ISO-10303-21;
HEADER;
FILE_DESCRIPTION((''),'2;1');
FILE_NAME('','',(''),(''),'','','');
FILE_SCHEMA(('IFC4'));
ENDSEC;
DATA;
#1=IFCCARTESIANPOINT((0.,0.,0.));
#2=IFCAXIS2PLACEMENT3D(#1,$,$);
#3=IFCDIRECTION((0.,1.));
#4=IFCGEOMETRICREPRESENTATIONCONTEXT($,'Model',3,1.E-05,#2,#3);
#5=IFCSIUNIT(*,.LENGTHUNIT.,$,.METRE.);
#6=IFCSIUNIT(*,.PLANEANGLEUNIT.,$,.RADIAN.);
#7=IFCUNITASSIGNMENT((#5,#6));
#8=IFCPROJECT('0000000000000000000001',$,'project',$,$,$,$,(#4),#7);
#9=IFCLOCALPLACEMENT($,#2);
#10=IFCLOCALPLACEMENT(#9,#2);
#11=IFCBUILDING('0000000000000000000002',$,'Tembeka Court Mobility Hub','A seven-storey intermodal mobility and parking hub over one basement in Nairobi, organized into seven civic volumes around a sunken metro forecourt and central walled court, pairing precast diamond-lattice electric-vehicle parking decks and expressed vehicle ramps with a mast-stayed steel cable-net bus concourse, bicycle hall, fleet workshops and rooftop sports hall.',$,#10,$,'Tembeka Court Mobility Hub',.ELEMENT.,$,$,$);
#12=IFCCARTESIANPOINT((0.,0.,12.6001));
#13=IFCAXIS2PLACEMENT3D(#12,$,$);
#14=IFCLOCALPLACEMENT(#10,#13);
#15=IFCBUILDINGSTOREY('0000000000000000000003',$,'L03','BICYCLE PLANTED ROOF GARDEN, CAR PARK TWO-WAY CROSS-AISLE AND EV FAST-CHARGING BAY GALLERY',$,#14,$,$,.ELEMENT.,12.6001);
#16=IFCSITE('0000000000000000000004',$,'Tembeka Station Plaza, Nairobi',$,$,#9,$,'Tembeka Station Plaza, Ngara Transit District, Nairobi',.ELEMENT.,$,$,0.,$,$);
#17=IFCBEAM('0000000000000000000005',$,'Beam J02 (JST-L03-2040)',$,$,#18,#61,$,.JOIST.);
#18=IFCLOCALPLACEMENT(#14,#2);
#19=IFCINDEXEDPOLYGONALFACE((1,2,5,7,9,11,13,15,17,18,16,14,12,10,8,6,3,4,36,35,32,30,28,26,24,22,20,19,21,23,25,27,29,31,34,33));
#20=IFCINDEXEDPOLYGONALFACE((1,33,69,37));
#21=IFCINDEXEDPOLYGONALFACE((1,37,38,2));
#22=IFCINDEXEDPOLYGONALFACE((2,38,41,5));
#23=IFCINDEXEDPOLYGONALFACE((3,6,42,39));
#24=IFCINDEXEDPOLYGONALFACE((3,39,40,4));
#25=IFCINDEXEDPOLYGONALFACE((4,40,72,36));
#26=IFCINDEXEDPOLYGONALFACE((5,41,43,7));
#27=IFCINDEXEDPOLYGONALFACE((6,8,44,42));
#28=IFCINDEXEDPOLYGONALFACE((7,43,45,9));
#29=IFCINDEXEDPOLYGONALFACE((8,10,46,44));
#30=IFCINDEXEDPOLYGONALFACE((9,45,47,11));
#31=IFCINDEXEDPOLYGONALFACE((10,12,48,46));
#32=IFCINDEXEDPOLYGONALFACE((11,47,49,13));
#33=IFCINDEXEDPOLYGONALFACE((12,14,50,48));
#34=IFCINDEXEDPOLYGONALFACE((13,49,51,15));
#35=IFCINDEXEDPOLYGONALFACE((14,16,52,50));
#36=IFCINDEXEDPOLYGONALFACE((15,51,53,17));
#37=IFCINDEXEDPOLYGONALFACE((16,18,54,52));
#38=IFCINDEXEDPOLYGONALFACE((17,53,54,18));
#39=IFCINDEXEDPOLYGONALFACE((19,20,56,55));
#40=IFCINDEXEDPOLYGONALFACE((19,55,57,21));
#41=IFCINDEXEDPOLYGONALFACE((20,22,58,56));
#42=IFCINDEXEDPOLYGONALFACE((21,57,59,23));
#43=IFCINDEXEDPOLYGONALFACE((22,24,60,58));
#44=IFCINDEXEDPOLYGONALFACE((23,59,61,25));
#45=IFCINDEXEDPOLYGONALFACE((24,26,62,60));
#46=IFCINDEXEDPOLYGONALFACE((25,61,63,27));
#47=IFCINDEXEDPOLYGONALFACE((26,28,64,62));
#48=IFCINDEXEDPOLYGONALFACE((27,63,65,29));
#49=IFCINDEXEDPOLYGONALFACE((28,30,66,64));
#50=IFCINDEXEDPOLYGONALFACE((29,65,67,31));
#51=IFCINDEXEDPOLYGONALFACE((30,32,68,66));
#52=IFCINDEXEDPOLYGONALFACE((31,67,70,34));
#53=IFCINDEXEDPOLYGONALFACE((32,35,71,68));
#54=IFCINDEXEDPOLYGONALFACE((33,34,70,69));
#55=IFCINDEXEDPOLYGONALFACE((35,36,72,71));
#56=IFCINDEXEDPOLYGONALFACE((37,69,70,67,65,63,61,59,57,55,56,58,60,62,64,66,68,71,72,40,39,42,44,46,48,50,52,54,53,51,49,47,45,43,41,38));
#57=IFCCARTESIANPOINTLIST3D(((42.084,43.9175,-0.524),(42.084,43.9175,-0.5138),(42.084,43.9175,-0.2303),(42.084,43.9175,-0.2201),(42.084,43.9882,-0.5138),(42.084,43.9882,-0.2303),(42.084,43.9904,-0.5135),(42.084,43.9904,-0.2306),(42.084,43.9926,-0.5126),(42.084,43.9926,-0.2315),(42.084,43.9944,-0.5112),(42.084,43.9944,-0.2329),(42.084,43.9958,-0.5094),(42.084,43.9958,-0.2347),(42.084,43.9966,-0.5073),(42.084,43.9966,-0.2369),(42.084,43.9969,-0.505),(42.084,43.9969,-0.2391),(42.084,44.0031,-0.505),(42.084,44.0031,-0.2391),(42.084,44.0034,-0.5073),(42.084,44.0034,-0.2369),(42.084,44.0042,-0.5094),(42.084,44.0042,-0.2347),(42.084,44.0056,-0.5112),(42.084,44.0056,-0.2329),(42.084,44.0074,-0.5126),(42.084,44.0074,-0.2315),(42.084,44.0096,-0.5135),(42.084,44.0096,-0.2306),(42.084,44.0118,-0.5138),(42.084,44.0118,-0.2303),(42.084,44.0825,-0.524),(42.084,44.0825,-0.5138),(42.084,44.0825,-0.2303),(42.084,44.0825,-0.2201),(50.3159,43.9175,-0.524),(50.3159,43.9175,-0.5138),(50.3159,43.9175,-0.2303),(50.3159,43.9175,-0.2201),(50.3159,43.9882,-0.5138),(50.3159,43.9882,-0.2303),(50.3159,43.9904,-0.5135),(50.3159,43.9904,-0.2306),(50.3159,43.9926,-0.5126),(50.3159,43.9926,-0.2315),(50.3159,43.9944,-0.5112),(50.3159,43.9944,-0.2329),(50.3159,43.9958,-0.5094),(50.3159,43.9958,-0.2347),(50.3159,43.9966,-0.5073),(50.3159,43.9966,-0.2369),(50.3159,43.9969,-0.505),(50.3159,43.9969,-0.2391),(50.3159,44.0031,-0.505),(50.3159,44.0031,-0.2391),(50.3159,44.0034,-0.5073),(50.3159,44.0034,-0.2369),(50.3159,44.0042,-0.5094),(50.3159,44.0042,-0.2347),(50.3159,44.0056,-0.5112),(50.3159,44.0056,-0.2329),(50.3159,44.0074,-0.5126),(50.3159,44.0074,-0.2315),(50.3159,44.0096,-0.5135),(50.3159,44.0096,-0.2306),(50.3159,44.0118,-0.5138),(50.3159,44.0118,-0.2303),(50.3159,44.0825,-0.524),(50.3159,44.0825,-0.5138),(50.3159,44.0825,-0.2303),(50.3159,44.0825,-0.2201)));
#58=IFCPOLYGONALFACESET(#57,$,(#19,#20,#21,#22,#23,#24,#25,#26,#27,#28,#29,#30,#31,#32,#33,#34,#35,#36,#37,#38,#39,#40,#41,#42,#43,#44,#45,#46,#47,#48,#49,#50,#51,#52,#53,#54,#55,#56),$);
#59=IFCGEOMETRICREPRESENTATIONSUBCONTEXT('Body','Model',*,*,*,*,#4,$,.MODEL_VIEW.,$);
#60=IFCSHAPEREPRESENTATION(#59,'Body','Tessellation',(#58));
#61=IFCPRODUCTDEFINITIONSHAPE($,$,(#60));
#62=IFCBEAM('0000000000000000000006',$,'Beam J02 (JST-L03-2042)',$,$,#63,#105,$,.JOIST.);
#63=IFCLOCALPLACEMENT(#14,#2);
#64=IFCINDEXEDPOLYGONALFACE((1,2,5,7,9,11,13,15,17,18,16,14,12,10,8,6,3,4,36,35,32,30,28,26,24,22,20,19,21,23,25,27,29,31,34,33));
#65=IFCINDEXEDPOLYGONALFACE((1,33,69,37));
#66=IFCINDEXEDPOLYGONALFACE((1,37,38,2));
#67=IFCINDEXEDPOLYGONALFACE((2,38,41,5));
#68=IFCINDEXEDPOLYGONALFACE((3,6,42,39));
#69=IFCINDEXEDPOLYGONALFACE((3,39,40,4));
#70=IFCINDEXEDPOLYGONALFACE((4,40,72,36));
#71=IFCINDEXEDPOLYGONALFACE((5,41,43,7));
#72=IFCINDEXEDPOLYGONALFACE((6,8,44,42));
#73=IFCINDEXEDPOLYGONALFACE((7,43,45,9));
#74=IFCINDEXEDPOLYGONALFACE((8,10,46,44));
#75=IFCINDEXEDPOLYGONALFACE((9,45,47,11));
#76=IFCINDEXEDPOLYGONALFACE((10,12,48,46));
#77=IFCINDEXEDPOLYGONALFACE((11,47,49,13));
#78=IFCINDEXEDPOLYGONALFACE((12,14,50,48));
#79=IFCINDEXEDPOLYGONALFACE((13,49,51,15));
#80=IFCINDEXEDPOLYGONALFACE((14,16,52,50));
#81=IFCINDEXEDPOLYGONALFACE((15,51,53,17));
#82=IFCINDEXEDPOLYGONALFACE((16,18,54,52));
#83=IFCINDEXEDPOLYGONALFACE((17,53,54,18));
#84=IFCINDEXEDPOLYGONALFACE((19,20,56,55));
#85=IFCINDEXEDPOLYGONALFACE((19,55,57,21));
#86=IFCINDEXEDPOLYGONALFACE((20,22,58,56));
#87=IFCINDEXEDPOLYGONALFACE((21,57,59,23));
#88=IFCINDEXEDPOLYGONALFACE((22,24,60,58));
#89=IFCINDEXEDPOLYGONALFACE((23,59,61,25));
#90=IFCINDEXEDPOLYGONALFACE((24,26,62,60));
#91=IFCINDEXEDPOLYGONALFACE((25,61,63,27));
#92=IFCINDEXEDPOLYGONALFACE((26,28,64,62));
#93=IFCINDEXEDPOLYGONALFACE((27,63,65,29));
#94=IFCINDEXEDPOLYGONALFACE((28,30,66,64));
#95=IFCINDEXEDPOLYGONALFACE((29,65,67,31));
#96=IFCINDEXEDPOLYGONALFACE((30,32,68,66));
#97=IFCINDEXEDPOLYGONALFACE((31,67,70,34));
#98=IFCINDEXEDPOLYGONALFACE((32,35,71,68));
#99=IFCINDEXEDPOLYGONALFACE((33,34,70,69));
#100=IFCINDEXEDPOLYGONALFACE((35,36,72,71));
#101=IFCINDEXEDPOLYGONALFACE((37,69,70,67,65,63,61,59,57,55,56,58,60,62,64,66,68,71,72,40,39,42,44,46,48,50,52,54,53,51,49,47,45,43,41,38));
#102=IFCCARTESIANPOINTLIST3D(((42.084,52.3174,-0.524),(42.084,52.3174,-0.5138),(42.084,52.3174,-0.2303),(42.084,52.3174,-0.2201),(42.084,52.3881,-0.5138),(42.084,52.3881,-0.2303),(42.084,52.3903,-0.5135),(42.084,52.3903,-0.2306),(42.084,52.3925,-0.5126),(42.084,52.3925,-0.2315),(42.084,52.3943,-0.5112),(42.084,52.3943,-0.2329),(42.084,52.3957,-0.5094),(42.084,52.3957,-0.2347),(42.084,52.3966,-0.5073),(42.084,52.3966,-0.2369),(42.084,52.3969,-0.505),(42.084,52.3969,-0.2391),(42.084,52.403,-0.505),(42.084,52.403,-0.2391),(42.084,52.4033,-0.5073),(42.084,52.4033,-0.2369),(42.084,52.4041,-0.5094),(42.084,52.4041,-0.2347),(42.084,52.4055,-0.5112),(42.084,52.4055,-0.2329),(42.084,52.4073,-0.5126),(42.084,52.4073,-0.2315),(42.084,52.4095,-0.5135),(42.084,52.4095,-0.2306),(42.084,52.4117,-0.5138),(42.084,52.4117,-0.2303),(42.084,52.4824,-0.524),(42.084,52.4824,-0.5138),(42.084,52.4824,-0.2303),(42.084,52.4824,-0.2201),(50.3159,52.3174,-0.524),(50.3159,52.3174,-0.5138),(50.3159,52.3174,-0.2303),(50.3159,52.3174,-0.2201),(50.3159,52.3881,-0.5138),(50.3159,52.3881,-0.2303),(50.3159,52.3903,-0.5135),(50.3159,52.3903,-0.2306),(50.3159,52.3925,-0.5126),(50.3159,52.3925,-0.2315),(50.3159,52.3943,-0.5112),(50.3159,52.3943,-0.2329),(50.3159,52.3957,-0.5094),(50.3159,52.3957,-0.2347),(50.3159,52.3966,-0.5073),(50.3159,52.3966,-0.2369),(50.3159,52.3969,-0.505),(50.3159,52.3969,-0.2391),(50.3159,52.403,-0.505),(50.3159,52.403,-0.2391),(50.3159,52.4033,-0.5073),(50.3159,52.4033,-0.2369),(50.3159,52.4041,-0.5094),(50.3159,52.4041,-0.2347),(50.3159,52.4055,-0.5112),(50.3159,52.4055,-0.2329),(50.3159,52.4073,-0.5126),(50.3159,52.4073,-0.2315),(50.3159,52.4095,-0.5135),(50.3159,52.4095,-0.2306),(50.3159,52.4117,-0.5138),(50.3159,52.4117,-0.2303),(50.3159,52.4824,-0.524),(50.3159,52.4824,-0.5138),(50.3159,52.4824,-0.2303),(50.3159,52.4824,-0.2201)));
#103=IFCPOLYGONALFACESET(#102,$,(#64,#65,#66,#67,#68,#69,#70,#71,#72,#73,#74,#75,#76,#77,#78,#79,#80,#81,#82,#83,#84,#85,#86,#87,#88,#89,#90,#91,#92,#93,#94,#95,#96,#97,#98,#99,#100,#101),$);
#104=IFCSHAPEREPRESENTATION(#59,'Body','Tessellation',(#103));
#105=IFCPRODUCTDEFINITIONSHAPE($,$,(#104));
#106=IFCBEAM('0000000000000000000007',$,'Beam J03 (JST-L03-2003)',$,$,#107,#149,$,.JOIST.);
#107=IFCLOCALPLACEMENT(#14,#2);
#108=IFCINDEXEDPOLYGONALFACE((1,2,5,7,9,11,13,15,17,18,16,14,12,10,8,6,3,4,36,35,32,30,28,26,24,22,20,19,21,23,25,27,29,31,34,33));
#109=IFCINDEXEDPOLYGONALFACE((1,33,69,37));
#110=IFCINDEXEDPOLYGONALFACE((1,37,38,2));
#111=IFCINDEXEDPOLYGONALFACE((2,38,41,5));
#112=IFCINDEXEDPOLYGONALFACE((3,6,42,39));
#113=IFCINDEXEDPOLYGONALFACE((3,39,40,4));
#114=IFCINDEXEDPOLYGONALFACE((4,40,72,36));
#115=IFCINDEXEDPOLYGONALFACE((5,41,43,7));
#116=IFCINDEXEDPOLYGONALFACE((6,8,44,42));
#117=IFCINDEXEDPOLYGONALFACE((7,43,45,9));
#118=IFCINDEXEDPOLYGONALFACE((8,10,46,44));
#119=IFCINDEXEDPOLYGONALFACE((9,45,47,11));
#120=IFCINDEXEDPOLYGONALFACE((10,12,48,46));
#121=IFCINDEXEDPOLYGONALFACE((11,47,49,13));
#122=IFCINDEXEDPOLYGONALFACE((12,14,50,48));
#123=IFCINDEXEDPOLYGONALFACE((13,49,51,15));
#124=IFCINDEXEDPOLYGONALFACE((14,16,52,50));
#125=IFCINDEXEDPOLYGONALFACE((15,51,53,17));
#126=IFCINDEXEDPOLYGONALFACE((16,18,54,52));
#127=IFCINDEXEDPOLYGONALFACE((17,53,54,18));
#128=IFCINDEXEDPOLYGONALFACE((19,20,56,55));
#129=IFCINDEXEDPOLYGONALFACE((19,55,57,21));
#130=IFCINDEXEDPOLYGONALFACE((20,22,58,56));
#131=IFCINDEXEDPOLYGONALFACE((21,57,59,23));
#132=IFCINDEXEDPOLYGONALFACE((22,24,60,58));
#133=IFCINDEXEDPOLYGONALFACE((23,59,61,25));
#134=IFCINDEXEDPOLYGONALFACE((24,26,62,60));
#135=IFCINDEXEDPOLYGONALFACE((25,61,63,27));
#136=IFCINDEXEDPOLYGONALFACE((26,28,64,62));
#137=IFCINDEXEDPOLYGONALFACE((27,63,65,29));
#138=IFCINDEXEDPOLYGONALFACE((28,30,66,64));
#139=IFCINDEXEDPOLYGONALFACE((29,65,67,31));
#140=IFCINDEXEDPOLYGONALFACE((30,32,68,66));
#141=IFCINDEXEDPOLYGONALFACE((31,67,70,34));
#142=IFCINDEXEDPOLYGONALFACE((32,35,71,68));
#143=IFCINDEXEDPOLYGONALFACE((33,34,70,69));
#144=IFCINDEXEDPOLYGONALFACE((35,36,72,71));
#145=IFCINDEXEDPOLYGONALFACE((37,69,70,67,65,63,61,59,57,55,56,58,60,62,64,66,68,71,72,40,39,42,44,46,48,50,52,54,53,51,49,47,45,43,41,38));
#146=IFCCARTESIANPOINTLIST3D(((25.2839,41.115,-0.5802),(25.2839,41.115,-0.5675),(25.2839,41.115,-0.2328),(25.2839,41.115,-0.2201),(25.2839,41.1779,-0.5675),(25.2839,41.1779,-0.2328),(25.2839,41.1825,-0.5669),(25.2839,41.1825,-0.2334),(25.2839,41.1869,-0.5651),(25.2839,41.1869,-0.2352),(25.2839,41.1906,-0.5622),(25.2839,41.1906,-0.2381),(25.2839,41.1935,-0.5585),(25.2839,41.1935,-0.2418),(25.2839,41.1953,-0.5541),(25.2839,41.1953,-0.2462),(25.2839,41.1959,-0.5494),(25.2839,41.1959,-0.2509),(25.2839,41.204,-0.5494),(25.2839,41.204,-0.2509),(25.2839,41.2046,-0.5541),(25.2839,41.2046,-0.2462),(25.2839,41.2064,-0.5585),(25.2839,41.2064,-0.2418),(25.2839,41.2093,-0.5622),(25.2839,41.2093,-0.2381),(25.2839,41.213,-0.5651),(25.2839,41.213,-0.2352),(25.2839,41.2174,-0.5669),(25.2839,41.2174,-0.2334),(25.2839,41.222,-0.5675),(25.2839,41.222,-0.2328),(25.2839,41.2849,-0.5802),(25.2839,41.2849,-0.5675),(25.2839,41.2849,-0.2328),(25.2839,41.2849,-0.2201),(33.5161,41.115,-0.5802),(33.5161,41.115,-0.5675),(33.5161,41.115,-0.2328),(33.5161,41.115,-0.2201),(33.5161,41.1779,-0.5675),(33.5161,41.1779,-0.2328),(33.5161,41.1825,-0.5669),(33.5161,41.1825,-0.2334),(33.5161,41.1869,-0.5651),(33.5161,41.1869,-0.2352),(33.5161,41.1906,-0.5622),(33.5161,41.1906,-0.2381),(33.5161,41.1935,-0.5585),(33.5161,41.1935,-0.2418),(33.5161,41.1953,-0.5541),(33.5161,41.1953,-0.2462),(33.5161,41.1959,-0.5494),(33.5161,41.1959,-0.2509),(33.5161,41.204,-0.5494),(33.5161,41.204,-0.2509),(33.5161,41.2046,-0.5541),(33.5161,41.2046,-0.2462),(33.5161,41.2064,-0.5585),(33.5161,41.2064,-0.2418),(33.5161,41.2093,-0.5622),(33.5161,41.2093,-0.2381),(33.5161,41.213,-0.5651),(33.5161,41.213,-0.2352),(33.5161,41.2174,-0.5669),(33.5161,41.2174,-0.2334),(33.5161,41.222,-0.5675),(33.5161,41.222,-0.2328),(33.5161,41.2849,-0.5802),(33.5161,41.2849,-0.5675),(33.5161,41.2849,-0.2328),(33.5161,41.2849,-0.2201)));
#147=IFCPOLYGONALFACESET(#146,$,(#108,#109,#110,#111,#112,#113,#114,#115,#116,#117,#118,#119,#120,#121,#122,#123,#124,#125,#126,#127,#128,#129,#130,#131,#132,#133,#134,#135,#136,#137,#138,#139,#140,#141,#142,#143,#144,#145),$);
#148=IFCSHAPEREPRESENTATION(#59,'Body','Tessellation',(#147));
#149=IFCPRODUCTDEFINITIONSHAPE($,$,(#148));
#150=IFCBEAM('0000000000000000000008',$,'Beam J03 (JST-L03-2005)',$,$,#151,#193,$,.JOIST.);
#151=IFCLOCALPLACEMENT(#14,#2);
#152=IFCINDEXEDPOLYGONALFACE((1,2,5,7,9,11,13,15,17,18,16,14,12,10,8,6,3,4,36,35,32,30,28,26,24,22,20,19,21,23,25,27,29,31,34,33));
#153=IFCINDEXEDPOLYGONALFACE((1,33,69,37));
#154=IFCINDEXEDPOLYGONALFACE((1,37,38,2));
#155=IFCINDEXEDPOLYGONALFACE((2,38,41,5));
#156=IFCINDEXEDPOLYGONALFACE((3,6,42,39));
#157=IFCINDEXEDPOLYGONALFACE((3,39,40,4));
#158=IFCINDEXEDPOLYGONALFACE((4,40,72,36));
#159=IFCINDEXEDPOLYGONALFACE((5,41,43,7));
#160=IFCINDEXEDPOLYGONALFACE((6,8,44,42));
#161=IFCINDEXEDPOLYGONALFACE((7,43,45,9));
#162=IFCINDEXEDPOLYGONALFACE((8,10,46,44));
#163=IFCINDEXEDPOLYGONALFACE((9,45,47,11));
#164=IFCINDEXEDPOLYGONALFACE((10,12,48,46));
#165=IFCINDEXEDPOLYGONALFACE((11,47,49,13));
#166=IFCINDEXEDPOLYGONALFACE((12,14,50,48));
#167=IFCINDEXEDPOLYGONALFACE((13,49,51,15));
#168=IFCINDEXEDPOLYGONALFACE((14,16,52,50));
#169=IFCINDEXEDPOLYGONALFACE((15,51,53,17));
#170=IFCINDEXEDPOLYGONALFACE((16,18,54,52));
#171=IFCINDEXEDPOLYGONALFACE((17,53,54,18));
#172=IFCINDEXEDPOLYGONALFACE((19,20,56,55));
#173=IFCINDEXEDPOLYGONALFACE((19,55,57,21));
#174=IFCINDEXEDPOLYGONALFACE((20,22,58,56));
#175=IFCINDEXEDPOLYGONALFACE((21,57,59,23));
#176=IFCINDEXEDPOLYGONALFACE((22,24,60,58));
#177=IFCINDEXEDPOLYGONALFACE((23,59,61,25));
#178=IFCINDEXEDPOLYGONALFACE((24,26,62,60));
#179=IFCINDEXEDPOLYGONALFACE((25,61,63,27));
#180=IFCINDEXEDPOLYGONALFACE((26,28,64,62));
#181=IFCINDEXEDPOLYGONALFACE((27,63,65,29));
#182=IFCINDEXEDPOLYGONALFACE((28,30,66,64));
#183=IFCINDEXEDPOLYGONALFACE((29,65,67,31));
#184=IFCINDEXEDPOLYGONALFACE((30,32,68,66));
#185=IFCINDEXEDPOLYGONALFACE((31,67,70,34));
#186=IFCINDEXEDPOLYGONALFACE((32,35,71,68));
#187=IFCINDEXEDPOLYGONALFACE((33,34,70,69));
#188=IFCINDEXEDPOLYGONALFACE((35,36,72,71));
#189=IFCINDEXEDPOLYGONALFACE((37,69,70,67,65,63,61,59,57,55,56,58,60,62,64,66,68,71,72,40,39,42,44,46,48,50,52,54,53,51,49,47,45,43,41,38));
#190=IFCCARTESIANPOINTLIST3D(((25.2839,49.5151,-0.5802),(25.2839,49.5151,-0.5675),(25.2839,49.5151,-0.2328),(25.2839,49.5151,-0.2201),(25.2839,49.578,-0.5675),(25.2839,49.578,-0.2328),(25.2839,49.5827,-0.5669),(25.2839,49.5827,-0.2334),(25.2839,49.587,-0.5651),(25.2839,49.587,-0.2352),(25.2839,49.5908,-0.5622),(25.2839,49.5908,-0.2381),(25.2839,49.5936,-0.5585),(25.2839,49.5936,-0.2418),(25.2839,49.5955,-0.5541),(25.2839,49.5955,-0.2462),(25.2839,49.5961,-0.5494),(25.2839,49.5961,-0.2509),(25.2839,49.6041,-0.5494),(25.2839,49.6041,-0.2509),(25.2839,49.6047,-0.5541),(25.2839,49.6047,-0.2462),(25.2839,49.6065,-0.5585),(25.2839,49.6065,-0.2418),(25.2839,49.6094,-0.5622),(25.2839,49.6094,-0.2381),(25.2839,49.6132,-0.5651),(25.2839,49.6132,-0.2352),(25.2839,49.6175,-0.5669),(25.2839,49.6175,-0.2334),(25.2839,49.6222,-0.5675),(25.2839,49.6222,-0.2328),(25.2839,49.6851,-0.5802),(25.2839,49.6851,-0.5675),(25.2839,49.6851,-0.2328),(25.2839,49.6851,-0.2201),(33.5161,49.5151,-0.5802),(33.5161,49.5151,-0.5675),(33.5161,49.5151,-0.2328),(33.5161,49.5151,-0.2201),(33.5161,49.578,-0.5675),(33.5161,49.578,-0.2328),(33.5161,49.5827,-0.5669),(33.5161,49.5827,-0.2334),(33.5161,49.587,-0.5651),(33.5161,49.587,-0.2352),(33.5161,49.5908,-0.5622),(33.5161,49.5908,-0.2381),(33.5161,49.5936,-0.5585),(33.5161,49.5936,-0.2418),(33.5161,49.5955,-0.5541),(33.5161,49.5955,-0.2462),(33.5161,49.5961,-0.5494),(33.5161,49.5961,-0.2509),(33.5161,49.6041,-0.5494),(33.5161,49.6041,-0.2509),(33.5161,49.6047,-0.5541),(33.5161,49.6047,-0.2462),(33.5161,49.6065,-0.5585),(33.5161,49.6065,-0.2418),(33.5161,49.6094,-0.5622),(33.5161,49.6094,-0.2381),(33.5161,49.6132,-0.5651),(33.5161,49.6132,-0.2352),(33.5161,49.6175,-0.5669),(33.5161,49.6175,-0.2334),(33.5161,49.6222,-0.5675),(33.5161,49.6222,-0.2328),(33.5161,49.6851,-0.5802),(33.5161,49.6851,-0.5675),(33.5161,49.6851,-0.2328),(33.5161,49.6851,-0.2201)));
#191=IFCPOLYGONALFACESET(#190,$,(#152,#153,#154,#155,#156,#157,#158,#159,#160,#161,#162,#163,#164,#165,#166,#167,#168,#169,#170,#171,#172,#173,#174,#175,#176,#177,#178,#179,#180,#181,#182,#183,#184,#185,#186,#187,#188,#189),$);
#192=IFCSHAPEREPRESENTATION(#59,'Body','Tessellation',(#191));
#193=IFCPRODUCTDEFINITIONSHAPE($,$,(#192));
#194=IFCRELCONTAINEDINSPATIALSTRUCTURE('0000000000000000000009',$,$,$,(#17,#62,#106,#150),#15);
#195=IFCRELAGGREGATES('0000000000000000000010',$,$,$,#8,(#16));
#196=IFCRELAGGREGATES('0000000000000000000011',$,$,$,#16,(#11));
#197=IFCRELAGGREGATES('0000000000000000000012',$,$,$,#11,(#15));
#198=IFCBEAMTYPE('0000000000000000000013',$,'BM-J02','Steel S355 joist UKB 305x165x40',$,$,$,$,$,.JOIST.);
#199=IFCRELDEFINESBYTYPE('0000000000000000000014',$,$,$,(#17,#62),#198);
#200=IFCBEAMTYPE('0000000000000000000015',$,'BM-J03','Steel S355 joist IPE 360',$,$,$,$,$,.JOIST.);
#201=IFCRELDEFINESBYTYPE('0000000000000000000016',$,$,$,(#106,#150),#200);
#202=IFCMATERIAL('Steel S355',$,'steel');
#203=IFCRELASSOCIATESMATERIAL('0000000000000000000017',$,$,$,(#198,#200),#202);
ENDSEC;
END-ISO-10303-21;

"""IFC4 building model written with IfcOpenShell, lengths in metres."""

from ifc_helpers import new_model, si_unit, direction, frame, origin, origin_2d, place, context, subcontext, project, spatial, i_section, extrude, material, material_profile, profile_set, type_object, element, save


model = new_model("IFC4")

# Units and contexts
model_context = context("Model", 3, precision=1e-05, world=origin(), true_north=direction((0.0, 1.0)))
body_context = subcontext(model_context, "Body", "Model", "MODEL_VIEW")
ifc_project = project(units=[si_unit("LENGTHUNIT", "METRE"), si_unit("PLANEANGLEUNIT", "RADIAN")], contexts=[model_context])

# Site, building, storey
site_placement = place(None, origin())
site = spatial("IfcSite", under=ifc_project, at=site_placement, Name="Tembeka Station Plaza, Nairobi", LongName="Tembeka Station Plaza, Ngara Transit District, Nairobi", CompositionType="ELEMENT", RefElevation=0.0)
building_placement = place(site_placement, origin())
building = spatial("IfcBuilding", under=site, at=building_placement, Name="Tembeka Court Mobility Hub", Description="A seven-storey intermodal mobility and parking hub over one basement in Nairobi, organized into seven civic volumes around a sunken metro forecourt and central walled court, pairing precast diamond-lattice electric-vehicle parking decks and expressed vehicle ramps with a mast-stayed steel cable-net bus concourse, bicycle hall, fleet workshops and rooftop sports hall.", LongName="Tembeka Court Mobility Hub", CompositionType="ELEMENT")
storey_placement = place(building_placement, frame((0.0, 0.0, 12.6001)))
storey = spatial("IfcBuildingStorey", under=building, at=storey_placement, Name="L03", Description="BICYCLE PLANTED ROOF GARDEN, CAR PARK TWO-WAY CROSS-AISLE AND EV FAST-CHARGING BAY GALLERY", CompositionType="ELEMENT", Elevation=12.6001)

# Shared definitions
ifc_material_1 = material(Name="Steel S355", Category="steel")

# Beams
ifc_material_profile_1 = material_profile(ifc_material_1, i_section(OverallWidth=0.165, OverallDepth=0.304, WebThickness=0.0061, FlangeThickness=0.0103, FilletRadius=0.0088, at=origin_2d()), Name="UKB 305x165x40")
ifc_profile_set_1 = profile_set([ifc_material_profile_1], Name="Steel S355")
beam_type_1 = type_object("IfcBeamType", Name="BM-J02", Description="Steel S355 joist UKB 305x165x40", PredefinedType="JOIST", material=ifc_profile_set_1)
for number, where, z_axis, x_axis, name in (
    (1, (42.084, 44.0, -0.3721), (1.0, 0.0, 0.0), (0.0, 1.0, 0.0), "Beam J02 (JST-L03-2040)"),
    (2, (42.084, 52.3999, -0.3721), (1.0, 0.0, 0.0), (0.0, 1.0, 0.0), "Beam J02 (JST-L03-2042)"),
):
    element("IfcBeam", number, at=place(storey_placement, frame(where, z_axis=z_axis, x_axis=x_axis)), inside=storey, type_object=beam_type_1, Name=name, PredefinedType="JOIST", context=body_context, shape_type="SweptSolid", body=[
        extrude(i_section(OverallWidth=0.165, OverallDepth=0.304, WebThickness=0.0061, FlangeThickness=0.0103, FilletRadius=0.0088, at=origin_2d()), origin(), (0.0, 0.0, 1.0), 8.2319),
    ])
ifc_material_profile_2 = material_profile(ifc_material_1, i_section(OverallWidth=0.1699, OverallDepth=0.3601, WebThickness=0.0081, FlangeThickness=0.0127, FilletRadius=0.0181, at=origin_2d()), Name="IPE 360")
ifc_profile_set_2 = profile_set([ifc_material_profile_2], Name="Steel S355")
beam_type_2 = type_object("IfcBeamType", Name="BM-J03", Description="Steel S355 joist IPE 360", PredefinedType="JOIST", material=ifc_profile_set_2)
for number, where, z_axis, x_axis, name in (
    (3, (25.2839, 41.2, -0.4001), (1.0, 0.0, 0.0), (0.0, 1.0, 0.0), "Beam J03 (JST-L03-2003)"),
    (4, (25.2839, 49.6001, -0.4001), (1.0, 0.0, 0.0), (0.0, 1.0, 0.0), "Beam J03 (JST-L03-2005)"),
):
    element("IfcBeam", number, at=place(storey_placement, frame(where, z_axis=z_axis, x_axis=x_axis)), inside=storey, type_object=beam_type_2, Name=name, PredefinedType="JOIST", context=body_context, shape_type="SweptSolid", body=[
        extrude(i_section(OverallWidth=0.1699, OverallDepth=0.3601, WebThickness=0.0081, FlangeThickness=0.0127, FilletRadius=0.0181, at=origin_2d()), origin(), (0.0, 0.0, 1.0), 8.2322),
    ])

save(model, "model.ifc")
